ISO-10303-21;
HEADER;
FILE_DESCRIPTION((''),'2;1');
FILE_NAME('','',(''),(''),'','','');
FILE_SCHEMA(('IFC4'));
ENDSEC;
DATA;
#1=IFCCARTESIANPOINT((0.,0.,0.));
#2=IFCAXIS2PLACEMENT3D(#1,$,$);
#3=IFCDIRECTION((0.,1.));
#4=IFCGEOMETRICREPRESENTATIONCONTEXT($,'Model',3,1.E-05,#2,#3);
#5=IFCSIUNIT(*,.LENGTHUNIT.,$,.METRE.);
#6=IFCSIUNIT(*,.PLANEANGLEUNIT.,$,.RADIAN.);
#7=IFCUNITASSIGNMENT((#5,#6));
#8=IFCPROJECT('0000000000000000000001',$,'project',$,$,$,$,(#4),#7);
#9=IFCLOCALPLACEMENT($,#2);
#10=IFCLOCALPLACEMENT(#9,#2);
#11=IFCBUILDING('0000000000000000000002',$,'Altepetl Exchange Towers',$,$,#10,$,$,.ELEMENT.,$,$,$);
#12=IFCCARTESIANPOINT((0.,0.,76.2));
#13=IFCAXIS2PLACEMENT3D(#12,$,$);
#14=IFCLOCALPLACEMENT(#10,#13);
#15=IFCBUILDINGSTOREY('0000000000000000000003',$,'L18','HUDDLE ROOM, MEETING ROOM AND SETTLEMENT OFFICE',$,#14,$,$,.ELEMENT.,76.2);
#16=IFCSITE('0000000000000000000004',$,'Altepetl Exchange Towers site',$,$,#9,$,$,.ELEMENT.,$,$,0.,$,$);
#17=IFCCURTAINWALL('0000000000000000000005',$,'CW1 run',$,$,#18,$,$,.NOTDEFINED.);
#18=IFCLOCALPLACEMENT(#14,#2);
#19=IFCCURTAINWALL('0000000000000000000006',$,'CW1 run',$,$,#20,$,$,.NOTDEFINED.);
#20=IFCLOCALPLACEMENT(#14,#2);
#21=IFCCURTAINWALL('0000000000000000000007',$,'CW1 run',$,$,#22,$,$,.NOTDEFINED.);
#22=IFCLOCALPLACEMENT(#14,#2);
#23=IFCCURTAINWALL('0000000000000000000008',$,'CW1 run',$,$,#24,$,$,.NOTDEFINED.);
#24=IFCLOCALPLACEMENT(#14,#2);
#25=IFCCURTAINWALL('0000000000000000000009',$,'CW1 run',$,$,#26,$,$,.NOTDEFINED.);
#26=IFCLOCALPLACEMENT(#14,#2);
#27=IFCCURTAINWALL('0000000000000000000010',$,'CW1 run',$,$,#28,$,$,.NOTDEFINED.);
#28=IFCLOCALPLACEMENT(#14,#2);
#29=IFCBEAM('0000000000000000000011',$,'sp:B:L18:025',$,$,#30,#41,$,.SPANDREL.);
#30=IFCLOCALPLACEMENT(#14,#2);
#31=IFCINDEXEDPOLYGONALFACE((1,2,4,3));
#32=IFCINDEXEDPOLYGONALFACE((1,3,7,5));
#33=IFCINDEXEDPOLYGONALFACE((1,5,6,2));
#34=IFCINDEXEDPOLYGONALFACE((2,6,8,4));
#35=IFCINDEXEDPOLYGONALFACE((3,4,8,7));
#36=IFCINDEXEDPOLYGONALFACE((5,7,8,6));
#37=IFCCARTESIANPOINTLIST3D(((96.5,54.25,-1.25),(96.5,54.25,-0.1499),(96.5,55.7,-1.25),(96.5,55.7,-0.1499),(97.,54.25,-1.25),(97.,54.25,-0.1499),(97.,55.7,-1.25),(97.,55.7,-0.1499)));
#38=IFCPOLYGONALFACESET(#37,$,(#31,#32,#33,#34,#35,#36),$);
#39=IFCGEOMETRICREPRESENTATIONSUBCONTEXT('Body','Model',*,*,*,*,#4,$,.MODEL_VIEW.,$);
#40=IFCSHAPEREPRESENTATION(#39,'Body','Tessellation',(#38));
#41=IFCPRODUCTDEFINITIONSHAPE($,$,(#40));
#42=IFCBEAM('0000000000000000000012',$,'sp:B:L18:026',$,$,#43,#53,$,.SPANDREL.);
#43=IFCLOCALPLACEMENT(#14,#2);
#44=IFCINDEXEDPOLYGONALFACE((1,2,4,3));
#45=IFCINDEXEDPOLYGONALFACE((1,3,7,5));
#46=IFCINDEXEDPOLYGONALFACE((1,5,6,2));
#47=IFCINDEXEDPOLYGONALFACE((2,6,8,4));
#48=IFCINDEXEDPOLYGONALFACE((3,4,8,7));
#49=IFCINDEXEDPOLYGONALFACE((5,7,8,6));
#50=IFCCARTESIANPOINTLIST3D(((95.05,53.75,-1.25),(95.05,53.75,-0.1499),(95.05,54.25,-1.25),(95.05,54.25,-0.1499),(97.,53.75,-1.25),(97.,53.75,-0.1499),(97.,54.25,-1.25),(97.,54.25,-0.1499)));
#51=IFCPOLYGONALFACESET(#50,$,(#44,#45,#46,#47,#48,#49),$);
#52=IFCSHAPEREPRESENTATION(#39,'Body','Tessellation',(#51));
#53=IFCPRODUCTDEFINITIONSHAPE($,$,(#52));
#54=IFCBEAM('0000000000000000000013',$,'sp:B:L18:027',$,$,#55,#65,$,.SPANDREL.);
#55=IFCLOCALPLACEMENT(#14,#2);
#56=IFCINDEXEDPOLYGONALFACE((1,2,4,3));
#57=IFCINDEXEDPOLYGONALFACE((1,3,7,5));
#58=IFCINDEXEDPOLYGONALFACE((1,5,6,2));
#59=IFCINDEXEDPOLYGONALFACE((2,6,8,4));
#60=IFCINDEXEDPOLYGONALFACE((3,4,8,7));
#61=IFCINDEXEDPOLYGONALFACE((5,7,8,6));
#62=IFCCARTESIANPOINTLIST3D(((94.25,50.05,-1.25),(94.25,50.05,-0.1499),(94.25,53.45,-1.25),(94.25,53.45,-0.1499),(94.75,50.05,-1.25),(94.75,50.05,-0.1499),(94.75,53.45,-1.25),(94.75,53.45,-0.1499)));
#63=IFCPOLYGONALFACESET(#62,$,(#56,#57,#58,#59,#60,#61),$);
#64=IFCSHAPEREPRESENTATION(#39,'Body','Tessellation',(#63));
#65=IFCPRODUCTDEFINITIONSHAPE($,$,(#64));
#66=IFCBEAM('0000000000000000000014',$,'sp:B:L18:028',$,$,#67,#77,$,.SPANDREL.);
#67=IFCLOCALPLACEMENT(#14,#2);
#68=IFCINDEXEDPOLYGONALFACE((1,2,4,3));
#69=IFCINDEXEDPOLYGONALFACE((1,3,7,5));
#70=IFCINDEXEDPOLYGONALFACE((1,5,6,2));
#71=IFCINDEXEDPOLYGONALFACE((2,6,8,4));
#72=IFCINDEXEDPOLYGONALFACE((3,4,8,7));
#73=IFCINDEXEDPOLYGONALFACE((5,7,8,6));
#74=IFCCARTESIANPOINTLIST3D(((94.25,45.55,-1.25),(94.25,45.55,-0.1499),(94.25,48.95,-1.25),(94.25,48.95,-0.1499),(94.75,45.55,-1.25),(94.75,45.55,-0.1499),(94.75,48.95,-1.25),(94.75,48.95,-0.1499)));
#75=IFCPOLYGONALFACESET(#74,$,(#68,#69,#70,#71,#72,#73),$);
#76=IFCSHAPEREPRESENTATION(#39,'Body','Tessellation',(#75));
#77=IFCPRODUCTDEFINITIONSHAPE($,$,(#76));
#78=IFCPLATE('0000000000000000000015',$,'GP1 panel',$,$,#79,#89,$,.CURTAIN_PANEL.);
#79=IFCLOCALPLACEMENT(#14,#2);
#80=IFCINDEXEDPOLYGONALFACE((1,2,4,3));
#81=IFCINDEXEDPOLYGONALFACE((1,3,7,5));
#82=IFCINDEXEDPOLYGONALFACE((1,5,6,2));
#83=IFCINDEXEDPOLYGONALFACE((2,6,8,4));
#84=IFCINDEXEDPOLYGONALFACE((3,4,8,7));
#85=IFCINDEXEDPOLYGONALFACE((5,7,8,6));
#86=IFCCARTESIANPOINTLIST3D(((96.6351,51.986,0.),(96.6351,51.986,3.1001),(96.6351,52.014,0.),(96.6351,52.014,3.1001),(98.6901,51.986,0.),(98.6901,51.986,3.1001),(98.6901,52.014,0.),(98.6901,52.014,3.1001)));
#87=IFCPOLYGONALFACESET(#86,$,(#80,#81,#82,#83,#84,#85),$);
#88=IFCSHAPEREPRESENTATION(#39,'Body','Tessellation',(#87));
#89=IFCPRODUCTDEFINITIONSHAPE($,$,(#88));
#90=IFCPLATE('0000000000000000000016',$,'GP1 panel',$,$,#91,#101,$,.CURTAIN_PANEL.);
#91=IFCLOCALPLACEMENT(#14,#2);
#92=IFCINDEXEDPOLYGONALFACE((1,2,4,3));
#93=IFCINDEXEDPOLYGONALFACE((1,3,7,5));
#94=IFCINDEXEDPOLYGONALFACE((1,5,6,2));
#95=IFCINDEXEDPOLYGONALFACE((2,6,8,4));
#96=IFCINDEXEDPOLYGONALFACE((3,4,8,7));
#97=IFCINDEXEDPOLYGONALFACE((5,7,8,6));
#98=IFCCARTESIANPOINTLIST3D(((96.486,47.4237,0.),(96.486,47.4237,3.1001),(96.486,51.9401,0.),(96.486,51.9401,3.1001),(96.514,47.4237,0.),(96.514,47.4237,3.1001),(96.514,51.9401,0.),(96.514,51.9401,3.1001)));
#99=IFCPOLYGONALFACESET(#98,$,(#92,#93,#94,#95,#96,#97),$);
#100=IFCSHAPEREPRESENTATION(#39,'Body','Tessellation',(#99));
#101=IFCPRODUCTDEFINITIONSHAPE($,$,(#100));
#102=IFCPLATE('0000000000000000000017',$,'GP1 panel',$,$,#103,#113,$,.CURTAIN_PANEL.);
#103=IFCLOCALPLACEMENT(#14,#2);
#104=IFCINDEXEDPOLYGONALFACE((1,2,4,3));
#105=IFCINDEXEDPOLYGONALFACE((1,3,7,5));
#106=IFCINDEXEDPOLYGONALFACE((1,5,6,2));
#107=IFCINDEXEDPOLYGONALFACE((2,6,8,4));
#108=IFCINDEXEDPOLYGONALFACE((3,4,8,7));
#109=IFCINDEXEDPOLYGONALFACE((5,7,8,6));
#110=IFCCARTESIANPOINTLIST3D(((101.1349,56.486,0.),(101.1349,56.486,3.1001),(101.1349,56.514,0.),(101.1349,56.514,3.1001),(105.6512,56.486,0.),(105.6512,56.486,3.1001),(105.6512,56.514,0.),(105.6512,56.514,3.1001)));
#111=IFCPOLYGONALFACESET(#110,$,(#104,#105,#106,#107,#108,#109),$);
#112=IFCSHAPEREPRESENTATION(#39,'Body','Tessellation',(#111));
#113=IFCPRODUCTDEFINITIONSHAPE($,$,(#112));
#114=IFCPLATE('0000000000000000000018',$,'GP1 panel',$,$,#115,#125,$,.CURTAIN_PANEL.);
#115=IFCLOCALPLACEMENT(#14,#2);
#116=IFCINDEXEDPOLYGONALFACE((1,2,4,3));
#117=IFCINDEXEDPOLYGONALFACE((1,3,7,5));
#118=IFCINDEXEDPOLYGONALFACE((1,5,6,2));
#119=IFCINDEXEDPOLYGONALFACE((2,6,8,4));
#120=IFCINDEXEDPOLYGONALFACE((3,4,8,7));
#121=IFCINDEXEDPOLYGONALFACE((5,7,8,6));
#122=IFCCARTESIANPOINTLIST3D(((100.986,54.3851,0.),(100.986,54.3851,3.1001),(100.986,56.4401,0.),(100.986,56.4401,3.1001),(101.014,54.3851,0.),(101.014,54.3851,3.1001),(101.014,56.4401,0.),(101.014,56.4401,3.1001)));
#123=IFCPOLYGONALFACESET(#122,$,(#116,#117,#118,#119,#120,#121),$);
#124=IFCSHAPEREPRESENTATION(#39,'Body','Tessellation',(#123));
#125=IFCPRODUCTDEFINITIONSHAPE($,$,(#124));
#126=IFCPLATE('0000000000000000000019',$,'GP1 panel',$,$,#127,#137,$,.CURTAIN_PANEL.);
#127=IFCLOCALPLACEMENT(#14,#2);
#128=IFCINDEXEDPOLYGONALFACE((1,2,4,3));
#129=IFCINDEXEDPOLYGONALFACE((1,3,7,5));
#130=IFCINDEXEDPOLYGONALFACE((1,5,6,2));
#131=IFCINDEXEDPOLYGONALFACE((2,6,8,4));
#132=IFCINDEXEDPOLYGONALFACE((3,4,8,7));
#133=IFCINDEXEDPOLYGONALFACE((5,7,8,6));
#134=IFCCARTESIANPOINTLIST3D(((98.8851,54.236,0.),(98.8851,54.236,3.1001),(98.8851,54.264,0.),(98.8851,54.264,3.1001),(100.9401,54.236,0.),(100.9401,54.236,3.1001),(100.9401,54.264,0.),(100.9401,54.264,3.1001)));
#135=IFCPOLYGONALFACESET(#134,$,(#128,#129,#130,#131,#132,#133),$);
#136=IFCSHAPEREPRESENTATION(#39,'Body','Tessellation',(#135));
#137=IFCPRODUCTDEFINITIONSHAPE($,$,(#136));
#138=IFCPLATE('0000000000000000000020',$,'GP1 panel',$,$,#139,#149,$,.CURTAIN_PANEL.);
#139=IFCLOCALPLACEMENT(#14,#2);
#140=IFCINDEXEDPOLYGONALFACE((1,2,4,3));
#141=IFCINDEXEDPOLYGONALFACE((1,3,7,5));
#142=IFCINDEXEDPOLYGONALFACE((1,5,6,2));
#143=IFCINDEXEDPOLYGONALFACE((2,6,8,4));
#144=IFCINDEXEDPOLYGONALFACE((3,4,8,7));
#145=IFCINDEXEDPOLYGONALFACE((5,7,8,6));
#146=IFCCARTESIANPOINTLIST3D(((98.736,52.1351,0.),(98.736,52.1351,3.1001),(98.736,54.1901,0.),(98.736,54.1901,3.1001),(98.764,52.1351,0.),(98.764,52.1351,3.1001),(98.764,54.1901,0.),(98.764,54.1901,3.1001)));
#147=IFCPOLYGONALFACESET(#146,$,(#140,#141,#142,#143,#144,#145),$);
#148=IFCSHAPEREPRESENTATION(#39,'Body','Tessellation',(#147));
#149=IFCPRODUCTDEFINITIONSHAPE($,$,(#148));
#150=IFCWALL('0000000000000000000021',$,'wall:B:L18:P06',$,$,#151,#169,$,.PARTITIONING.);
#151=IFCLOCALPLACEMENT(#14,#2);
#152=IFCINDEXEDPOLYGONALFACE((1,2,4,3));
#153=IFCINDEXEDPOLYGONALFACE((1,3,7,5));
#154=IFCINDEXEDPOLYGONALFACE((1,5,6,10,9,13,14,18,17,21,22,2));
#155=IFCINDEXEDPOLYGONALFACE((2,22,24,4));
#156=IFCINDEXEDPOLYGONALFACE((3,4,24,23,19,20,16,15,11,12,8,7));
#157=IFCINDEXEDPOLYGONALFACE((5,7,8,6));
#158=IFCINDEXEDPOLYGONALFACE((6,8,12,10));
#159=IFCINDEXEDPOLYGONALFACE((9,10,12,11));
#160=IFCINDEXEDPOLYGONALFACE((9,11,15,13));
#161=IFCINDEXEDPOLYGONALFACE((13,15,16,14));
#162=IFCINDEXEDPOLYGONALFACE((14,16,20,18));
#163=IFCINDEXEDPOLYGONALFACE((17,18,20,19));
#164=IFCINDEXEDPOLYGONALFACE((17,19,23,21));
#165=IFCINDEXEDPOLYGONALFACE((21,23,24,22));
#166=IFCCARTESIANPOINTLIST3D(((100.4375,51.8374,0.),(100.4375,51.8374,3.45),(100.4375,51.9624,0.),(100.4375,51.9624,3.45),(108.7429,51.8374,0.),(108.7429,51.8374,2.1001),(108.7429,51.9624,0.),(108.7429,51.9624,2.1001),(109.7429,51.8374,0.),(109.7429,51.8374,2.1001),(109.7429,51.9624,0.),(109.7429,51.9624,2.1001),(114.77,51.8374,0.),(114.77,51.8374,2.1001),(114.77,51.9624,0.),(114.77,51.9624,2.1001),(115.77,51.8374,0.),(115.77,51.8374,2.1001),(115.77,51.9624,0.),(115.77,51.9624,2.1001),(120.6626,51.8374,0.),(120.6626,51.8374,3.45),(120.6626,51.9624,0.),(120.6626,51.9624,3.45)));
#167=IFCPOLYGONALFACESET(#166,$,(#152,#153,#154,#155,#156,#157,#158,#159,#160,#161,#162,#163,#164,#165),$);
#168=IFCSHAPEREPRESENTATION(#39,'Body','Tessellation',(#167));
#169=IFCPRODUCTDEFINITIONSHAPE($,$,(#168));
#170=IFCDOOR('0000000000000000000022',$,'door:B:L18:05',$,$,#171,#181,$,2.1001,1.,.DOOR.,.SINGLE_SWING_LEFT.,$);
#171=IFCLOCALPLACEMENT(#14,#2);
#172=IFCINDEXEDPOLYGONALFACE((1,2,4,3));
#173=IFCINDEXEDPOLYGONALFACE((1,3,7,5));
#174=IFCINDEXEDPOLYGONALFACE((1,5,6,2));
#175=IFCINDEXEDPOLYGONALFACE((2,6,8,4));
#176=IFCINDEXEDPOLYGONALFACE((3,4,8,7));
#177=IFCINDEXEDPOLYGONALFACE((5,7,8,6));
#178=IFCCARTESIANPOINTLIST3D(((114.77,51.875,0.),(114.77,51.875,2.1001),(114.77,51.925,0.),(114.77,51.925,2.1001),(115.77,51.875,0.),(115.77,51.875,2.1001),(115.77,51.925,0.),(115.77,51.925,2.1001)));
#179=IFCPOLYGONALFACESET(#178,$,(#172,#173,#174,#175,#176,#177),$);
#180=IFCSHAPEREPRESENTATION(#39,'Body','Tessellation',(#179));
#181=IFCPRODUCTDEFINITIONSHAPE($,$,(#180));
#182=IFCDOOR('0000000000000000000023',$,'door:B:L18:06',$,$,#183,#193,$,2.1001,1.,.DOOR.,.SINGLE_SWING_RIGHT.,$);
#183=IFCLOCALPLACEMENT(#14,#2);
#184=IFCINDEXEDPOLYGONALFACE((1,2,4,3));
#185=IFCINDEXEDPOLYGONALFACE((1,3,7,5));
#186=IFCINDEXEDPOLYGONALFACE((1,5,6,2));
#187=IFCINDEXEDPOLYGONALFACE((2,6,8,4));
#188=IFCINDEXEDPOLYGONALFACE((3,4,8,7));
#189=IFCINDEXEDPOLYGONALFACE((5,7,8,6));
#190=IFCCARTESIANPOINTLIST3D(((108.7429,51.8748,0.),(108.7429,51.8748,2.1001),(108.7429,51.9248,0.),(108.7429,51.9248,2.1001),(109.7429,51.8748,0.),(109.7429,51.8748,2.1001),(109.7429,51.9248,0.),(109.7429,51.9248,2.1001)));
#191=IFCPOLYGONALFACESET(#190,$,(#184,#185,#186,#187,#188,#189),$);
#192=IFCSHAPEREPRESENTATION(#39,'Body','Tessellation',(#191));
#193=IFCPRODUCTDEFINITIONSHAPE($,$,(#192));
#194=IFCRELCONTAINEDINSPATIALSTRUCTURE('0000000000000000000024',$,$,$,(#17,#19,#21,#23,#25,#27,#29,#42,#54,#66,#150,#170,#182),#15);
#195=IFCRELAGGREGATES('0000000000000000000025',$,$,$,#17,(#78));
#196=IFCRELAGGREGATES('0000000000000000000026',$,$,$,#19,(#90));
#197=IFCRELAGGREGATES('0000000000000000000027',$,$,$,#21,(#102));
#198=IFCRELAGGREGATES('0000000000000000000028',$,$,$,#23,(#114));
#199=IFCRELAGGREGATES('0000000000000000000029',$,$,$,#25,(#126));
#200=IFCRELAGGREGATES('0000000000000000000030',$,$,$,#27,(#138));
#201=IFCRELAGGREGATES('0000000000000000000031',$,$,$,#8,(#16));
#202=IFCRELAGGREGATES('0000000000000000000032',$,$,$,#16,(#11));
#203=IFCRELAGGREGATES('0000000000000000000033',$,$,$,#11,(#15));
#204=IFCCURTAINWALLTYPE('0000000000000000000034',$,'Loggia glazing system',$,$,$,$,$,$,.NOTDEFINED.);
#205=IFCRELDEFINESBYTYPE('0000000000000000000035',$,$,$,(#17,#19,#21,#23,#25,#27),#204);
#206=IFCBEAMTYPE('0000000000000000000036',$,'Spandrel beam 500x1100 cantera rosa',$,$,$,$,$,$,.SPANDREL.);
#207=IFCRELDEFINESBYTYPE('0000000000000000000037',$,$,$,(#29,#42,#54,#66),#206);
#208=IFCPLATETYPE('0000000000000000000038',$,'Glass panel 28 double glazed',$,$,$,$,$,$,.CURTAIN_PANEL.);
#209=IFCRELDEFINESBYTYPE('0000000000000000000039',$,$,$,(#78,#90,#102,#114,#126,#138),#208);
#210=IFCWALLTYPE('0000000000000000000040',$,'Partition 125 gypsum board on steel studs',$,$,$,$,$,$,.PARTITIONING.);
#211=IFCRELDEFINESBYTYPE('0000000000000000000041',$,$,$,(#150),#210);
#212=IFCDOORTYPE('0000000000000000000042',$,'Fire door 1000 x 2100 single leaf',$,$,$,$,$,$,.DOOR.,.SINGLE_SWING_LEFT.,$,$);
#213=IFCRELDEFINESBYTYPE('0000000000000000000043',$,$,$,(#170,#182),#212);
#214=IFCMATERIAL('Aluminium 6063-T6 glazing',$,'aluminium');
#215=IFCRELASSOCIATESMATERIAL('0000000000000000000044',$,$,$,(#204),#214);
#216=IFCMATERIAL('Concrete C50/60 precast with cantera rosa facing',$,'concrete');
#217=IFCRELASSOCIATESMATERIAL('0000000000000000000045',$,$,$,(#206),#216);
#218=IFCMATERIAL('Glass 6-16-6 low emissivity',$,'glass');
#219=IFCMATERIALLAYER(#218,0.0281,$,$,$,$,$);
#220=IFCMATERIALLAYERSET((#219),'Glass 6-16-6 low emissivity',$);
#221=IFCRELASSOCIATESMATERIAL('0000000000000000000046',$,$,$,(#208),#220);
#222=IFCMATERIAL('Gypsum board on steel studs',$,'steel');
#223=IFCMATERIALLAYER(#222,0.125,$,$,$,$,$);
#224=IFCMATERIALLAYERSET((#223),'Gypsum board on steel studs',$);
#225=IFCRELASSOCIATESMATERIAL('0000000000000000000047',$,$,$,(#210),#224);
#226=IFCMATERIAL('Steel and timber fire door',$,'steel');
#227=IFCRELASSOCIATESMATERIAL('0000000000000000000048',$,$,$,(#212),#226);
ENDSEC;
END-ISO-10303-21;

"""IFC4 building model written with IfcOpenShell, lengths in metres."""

from ifc_helpers import new_model, si_unit, direction, frame, frame_2d, origin, origin_2d, place, context, subcontext, project, spatial, rectangle, extrude, material, layer, layer_set, material_profile, profile_set, type_object, element, fill, aggregate, save


model = new_model("IFC4")

# Units and contexts
model_context = context("Model", 3, precision=1e-05, world=origin(), true_north=direction((0.0, 1.0)))
body_context = subcontext(model_context, "Body", "Model", "MODEL_VIEW")
ifc_project = project(units=[si_unit("LENGTHUNIT", "METRE"), si_unit("PLANEANGLEUNIT", "RADIAN")], contexts=[model_context])

# Site, building, storey
site_placement = place(None, origin())
site = spatial("IfcSite", under=ifc_project, at=site_placement, Name="Altepetl Exchange Towers site", CompositionType="ELEMENT", RefElevation=0.0)
building_placement = place(site_placement, origin())
building = spatial("IfcBuilding", under=site, at=building_placement, Name="Altepetl Exchange Towers", CompositionType="ELEMENT")
storey_placement = place(building_placement, frame((0.0, 0.0, 76.2)))
storey = spatial("IfcBuildingStorey", under=building, at=storey_placement, Name="L18", Description="HUDDLE ROOM, MEETING ROOM AND SETTLEMENT OFFICE", CompositionType="ELEMENT", Elevation=76.2)

# Curtain walls
ifc_material_1 = material(Name="Aluminium 6063-T6 glazing", Category="aluminium")
curtain_wall_type = type_object("IfcCurtainWallType", Name="Loggia glazing system", PredefinedType="NOTDEFINED", material=ifc_material_1)
curtain_wall_1_placement = place(storey_placement, origin())
curtain_wall_1 = element("IfcCurtainWall", 1, at=curtain_wall_1_placement, inside=storey, type_object=curtain_wall_type, Name="CW1 run", PredefinedType="NOTDEFINED")
curtain_wall_2_placement = place(storey_placement, origin())
curtain_wall_2 = element("IfcCurtainWall", 2, at=curtain_wall_2_placement, inside=storey, type_object=curtain_wall_type, Name="CW1 run", PredefinedType="NOTDEFINED")

# Curtain wall
curtain_wall_3_placement = place(storey_placement, origin())
curtain_wall_3 = element("IfcCurtainWall", 3, at=curtain_wall_3_placement, inside=storey, type_object=curtain_wall_type, Name="CW1 run", PredefinedType="NOTDEFINED")

# Curtain walls
curtain_wall_4_placement = place(storey_placement, origin())
curtain_wall_4 = element("IfcCurtainWall", 4, at=curtain_wall_4_placement, inside=storey, type_object=curtain_wall_type, Name="CW1 run", PredefinedType="NOTDEFINED")
curtain_wall_5_placement = place(storey_placement, origin())
curtain_wall_5 = element("IfcCurtainWall", 5, at=curtain_wall_5_placement, inside=storey, type_object=curtain_wall_type, Name="CW1 run", PredefinedType="NOTDEFINED")
curtain_wall_6_placement = place(storey_placement, origin())
curtain_wall_6 = element("IfcCurtainWall", 6, at=curtain_wall_6_placement, inside=storey, type_object=curtain_wall_type, Name="CW1 run", PredefinedType="NOTDEFINED")

# Beams
ifc_material_2 = material(Name="Concrete C50/60 precast with cantera rosa facing", Category="concrete")
ifc_material_profile_1 = material_profile(ifc_material_2, rectangle(XDim=0.5, YDim=1.1001, at=origin_2d()), Name="500 x 1100")
ifc_profile_set_1 = profile_set([ifc_material_profile_1], Name="Concrete C50/60 precast with cantera rosa facing")
beam_type_1 = type_object("IfcBeamType", Name="Spandrel beam 500x1100 cantera rosa", PredefinedType="SPANDREL", material=ifc_profile_set_1)
beam_1_placement = place(storey_placement, frame((96.75, 55.7, -0.7), z_axis=(0.0, -1.0, 0.0), x_axis=(1.0, 0.0, 0.0)))
element("IfcBeam", 7, at=beam_1_placement, inside=storey, type_object=beam_type_1, Name="sp:B:L18:025", PredefinedType="SPANDREL", context=body_context, shape_type="SweptSolid", body=[
    extrude(rectangle(XDim=0.5, YDim=1.1001, at=origin_2d()), origin(), (0.0, 0.0, 1.0), 1.45),
])
beam_2_placement = place(storey_placement, frame((97.0, 54.0, -0.7), z_axis=(-1.0, 0.0, 0.0), x_axis=(0.0, -1.0, 0.0)))
element("IfcBeam", 8, at=beam_2_placement, inside=storey, type_object=beam_type_1, Name="sp:B:L18:026", PredefinedType="SPANDREL", context=body_context, shape_type="SweptSolid", body=[
    extrude(rectangle(XDim=0.5, YDim=1.1001, at=origin_2d()), origin(), (0.0, 0.0, 1.0), 1.95),
])
for number, where, z_axis, x_axis, name in (
    (9, (94.5, 53.45, -0.7), (0.0, -1.0, 0.0), (1.0, 0.0, 0.0), "sp:B:L18:027"),
    (10, (94.5, 48.95, -0.7), (0.0, -1.0, 0.0), (1.0, 0.0, 0.0), "sp:B:L18:028"),
):
    element("IfcBeam", number, at=place(storey_placement, frame(where, z_axis=z_axis, x_axis=x_axis)), inside=storey, type_object=beam_type_1, Name=name, PredefinedType="SPANDREL", context=body_context, shape_type="SweptSolid", body=[
        extrude(rectangle(XDim=0.5, YDim=1.1001, at=origin_2d()), origin(), (0.0, 0.0, 1.0), 3.3999),
    ])

# Plates
ifc_material_3 = material(Name="Glass 6-16-6 low emissivity", Category="glass")
ifc_layer_1 = layer(ifc_material_3, 0.0281)
ifc_layer_set_1 = layer_set([ifc_layer_1], Name="Glass 6-16-6 low emissivity")
plate_type = type_object("IfcPlateType", Name="Glass panel 28 double glazed", PredefinedType="CURTAIN_PANEL", material=ifc_layer_set_1)
plate_1_placement = place(storey_placement, frame((97.6626, 52.0, 0.0), z_axis=(0.0, 0.0, 1.0), x_axis=(-1.0, 0.0, 0.0)))
plate_1 = element("IfcPlate", 11, at=plate_1_placement, type_object=plate_type, Name="GP1 panel", PredefinedType="CURTAIN_PANEL", context=body_context, shape_type="SweptSolid", body=[
    extrude(rectangle(XDim=2.0549, YDim=0.0281, at=origin_2d()), origin(), (0.0, 0.0, 1.0), 3.1001),
])
aggregate(curtain_wall_1, [plate_1])
plate_2_placement = place(storey_placement, frame((96.5, 49.6819, 0.0), z_axis=(0.0, 0.0, 1.0), x_axis=(0.0, -1.0, 0.0)))
plate_2 = element("IfcPlate", 12, at=plate_2_placement, type_object=plate_type, Name="GP1 panel", PredefinedType="CURTAIN_PANEL", context=body_context, shape_type="SweptSolid", body=[
    extrude(rectangle(XDim=4.5164, YDim=0.0281, at=origin_2d()), origin(), (0.0, 0.0, 1.0), 3.1001),
])
aggregate(curtain_wall_2, [plate_2])
plate_3_placement = place(storey_placement, frame((103.3931, 56.5, 0.0), z_axis=(0.0, 0.0, 1.0), x_axis=(-1.0, 0.0, 0.0)))
plate_3 = element("IfcPlate", 13, at=plate_3_placement, type_object=plate_type, Name="GP1 panel", PredefinedType="CURTAIN_PANEL", context=body_context, shape_type="SweptSolid", body=[
    extrude(rectangle(XDim=4.5164, YDim=0.0281, at=origin_2d()), origin(), (0.0, 0.0, 1.0), 3.1001),
])
aggregate(curtain_wall_3, [plate_3])
plate_4_placement = place(storey_placement, frame((101.0, 55.4126, 0.0), z_axis=(0.0, 0.0, 1.0), x_axis=(0.0, -1.0, 0.0)))
plate_4 = element("IfcPlate", 14, at=plate_4_placement, type_object=plate_type, Name="GP1 panel", PredefinedType="CURTAIN_PANEL", context=body_context, shape_type="SweptSolid", body=[
    extrude(rectangle(XDim=2.0549, YDim=0.0281, at=origin_2d()), origin(), (0.0, 0.0, 1.0), 3.1001),
])
aggregate(curtain_wall_4, [plate_4])
plate_5_placement = place(storey_placement, frame((99.9126, 54.25, 0.0), z_axis=(0.0, 0.0, 1.0), x_axis=(-1.0, 0.0, 0.0)))
plate_5 = element("IfcPlate", 15, at=plate_5_placement, type_object=plate_type, Name="GP1 panel", PredefinedType="CURTAIN_PANEL", context=body_context, shape_type="SweptSolid", body=[
    extrude(rectangle(XDim=2.0549, YDim=0.0281, at=origin_2d()), origin(), (0.0, 0.0, 1.0), 3.1001),
])
aggregate(curtain_wall_5, [plate_5])
plate_6_placement = place(storey_placement, frame((98.75, 53.1626, 0.0), z_axis=(0.0, 0.0, 1.0), x_axis=(0.0, -1.0, 0.0)))
plate_6 = element("IfcPlate", 16, at=plate_6_placement, type_object=plate_type, Name="GP1 panel", PredefinedType="CURTAIN_PANEL", context=body_context, shape_type="SweptSolid", body=[
    extrude(rectangle(XDim=2.0549, YDim=0.0281, at=origin_2d()), origin(), (0.0, 0.0, 1.0), 3.1001),
])
aggregate(curtain_wall_6, [plate_6])

# Wall, openings, doors
ifc_material_4 = material(Name="Gypsum board on steel studs", Category="steel")
ifc_layer_2 = layer(ifc_material_4, 0.125)
ifc_layer_set_2 = layer_set([ifc_layer_2], Name="Gypsum board on steel studs")
wall_type = type_object("IfcWallType", Name="Partition 125 gypsum board on steel studs", PredefinedType="PARTITIONING", material=ifc_layer_set_2)
wall_placement = place(storey_placement, frame((100.4375, 51.8999, 0.0)))
wall = element("IfcWall", 17, at=wall_placement, inside=storey, type_object=wall_type, Name="wall:B:L18:P06", PredefinedType="PARTITIONING", context=body_context, shape_type="SweptSolid", body=[
    extrude(rectangle(XDim=20.2251, YDim=0.125, at=frame_2d((10.1125, 0.0))), origin(), (0.0, 0.0, 1.0), 3.45),
])
opening_1_placement = place(wall_placement, frame((14.3325, 0.0, 0.0)))
opening_1 = element("IfcOpeningElement", 18, at=opening_1_placement, cuts=wall, PredefinedType="OPENING", context=body_context, shape_type="SweptSolid", body=[
    extrude(rectangle(XDim=1.0, YDim=2.1001, at=frame_2d((0.5, 1.05))), frame((0.0, 0.0725, 0.0), z_axis=(0.0, -1.0, 0.0), x_axis=(1.0, 0.0, 0.0)), (0.0, 0.0, 1.0), 0.145),
])
opening_2_placement = place(wall_placement, frame((8.3054, 0.0, 0.0)))
opening_2 = element("IfcOpeningElement", 19, at=opening_2_placement, cuts=wall, PredefinedType="OPENING", context=body_context, shape_type="SweptSolid", body=[
    extrude(rectangle(XDim=1.0, YDim=2.1001, at=frame_2d((0.5, 1.05))), frame((0.0, 0.0725, 0.0), z_axis=(0.0, -1.0, 0.0), x_axis=(1.0, 0.0, 0.0)), (0.0, 0.0, 1.0), 0.145),
])
ifc_material_5 = material(Name="Steel and timber fire door", Category="steel")
door_type = type_object("IfcDoorType", Name="Fire door 1000 x 2100 single leaf", OperationType="SINGLE_SWING_LEFT", PredefinedType="DOOR", material=ifc_material_5)
door_1_placement = place(opening_1_placement, frame((1.0, 0.0, 0.0), x_axis=(-1.0, 0.0, 0.0)))
door_1 = element("IfcDoor", 20, at=door_1_placement, inside=storey, type_object=door_type, Name="door:B:L18:05", OperationType="SINGLE_SWING_LEFT", OverallHeight=2.1001, OverallWidth=1.0, PredefinedType="DOOR", context=body_context, shape_type="SweptSolid", body=[
    extrude(rectangle(XDim=1.0, YDim=2.1001, at=frame_2d((0.5, 1.05))), frame((0.0, 0.0249, 0.0), z_axis=(0.0, -1.0, 0.0), x_axis=(1.0, 0.0, 0.0)), (0.0, 0.0, 1.0), 0.05),
])
fill(opening_1, door_1)
door_2_placement = place(opening_2_placement, origin())
door_2 = element("IfcDoor", 21, at=door_2_placement, inside=storey, type_object=door_type, Name="door:B:L18:06", OperationType="SINGLE_SWING_RIGHT", OverallHeight=2.1001, OverallWidth=1.0, PredefinedType="DOOR", context=body_context, shape_type="SweptSolid", body=[
    extrude(rectangle(XDim=1.0, YDim=2.1001, at=frame_2d((0.5, 1.05))), frame((0.0, 0.0249, 0.0), z_axis=(0.0, -1.0, 0.0), x_axis=(1.0, 0.0, 0.0)), (0.0, 0.0, 1.0), 0.05),
])
fill(opening_2, door_2)

save(model, "model.ifc")
